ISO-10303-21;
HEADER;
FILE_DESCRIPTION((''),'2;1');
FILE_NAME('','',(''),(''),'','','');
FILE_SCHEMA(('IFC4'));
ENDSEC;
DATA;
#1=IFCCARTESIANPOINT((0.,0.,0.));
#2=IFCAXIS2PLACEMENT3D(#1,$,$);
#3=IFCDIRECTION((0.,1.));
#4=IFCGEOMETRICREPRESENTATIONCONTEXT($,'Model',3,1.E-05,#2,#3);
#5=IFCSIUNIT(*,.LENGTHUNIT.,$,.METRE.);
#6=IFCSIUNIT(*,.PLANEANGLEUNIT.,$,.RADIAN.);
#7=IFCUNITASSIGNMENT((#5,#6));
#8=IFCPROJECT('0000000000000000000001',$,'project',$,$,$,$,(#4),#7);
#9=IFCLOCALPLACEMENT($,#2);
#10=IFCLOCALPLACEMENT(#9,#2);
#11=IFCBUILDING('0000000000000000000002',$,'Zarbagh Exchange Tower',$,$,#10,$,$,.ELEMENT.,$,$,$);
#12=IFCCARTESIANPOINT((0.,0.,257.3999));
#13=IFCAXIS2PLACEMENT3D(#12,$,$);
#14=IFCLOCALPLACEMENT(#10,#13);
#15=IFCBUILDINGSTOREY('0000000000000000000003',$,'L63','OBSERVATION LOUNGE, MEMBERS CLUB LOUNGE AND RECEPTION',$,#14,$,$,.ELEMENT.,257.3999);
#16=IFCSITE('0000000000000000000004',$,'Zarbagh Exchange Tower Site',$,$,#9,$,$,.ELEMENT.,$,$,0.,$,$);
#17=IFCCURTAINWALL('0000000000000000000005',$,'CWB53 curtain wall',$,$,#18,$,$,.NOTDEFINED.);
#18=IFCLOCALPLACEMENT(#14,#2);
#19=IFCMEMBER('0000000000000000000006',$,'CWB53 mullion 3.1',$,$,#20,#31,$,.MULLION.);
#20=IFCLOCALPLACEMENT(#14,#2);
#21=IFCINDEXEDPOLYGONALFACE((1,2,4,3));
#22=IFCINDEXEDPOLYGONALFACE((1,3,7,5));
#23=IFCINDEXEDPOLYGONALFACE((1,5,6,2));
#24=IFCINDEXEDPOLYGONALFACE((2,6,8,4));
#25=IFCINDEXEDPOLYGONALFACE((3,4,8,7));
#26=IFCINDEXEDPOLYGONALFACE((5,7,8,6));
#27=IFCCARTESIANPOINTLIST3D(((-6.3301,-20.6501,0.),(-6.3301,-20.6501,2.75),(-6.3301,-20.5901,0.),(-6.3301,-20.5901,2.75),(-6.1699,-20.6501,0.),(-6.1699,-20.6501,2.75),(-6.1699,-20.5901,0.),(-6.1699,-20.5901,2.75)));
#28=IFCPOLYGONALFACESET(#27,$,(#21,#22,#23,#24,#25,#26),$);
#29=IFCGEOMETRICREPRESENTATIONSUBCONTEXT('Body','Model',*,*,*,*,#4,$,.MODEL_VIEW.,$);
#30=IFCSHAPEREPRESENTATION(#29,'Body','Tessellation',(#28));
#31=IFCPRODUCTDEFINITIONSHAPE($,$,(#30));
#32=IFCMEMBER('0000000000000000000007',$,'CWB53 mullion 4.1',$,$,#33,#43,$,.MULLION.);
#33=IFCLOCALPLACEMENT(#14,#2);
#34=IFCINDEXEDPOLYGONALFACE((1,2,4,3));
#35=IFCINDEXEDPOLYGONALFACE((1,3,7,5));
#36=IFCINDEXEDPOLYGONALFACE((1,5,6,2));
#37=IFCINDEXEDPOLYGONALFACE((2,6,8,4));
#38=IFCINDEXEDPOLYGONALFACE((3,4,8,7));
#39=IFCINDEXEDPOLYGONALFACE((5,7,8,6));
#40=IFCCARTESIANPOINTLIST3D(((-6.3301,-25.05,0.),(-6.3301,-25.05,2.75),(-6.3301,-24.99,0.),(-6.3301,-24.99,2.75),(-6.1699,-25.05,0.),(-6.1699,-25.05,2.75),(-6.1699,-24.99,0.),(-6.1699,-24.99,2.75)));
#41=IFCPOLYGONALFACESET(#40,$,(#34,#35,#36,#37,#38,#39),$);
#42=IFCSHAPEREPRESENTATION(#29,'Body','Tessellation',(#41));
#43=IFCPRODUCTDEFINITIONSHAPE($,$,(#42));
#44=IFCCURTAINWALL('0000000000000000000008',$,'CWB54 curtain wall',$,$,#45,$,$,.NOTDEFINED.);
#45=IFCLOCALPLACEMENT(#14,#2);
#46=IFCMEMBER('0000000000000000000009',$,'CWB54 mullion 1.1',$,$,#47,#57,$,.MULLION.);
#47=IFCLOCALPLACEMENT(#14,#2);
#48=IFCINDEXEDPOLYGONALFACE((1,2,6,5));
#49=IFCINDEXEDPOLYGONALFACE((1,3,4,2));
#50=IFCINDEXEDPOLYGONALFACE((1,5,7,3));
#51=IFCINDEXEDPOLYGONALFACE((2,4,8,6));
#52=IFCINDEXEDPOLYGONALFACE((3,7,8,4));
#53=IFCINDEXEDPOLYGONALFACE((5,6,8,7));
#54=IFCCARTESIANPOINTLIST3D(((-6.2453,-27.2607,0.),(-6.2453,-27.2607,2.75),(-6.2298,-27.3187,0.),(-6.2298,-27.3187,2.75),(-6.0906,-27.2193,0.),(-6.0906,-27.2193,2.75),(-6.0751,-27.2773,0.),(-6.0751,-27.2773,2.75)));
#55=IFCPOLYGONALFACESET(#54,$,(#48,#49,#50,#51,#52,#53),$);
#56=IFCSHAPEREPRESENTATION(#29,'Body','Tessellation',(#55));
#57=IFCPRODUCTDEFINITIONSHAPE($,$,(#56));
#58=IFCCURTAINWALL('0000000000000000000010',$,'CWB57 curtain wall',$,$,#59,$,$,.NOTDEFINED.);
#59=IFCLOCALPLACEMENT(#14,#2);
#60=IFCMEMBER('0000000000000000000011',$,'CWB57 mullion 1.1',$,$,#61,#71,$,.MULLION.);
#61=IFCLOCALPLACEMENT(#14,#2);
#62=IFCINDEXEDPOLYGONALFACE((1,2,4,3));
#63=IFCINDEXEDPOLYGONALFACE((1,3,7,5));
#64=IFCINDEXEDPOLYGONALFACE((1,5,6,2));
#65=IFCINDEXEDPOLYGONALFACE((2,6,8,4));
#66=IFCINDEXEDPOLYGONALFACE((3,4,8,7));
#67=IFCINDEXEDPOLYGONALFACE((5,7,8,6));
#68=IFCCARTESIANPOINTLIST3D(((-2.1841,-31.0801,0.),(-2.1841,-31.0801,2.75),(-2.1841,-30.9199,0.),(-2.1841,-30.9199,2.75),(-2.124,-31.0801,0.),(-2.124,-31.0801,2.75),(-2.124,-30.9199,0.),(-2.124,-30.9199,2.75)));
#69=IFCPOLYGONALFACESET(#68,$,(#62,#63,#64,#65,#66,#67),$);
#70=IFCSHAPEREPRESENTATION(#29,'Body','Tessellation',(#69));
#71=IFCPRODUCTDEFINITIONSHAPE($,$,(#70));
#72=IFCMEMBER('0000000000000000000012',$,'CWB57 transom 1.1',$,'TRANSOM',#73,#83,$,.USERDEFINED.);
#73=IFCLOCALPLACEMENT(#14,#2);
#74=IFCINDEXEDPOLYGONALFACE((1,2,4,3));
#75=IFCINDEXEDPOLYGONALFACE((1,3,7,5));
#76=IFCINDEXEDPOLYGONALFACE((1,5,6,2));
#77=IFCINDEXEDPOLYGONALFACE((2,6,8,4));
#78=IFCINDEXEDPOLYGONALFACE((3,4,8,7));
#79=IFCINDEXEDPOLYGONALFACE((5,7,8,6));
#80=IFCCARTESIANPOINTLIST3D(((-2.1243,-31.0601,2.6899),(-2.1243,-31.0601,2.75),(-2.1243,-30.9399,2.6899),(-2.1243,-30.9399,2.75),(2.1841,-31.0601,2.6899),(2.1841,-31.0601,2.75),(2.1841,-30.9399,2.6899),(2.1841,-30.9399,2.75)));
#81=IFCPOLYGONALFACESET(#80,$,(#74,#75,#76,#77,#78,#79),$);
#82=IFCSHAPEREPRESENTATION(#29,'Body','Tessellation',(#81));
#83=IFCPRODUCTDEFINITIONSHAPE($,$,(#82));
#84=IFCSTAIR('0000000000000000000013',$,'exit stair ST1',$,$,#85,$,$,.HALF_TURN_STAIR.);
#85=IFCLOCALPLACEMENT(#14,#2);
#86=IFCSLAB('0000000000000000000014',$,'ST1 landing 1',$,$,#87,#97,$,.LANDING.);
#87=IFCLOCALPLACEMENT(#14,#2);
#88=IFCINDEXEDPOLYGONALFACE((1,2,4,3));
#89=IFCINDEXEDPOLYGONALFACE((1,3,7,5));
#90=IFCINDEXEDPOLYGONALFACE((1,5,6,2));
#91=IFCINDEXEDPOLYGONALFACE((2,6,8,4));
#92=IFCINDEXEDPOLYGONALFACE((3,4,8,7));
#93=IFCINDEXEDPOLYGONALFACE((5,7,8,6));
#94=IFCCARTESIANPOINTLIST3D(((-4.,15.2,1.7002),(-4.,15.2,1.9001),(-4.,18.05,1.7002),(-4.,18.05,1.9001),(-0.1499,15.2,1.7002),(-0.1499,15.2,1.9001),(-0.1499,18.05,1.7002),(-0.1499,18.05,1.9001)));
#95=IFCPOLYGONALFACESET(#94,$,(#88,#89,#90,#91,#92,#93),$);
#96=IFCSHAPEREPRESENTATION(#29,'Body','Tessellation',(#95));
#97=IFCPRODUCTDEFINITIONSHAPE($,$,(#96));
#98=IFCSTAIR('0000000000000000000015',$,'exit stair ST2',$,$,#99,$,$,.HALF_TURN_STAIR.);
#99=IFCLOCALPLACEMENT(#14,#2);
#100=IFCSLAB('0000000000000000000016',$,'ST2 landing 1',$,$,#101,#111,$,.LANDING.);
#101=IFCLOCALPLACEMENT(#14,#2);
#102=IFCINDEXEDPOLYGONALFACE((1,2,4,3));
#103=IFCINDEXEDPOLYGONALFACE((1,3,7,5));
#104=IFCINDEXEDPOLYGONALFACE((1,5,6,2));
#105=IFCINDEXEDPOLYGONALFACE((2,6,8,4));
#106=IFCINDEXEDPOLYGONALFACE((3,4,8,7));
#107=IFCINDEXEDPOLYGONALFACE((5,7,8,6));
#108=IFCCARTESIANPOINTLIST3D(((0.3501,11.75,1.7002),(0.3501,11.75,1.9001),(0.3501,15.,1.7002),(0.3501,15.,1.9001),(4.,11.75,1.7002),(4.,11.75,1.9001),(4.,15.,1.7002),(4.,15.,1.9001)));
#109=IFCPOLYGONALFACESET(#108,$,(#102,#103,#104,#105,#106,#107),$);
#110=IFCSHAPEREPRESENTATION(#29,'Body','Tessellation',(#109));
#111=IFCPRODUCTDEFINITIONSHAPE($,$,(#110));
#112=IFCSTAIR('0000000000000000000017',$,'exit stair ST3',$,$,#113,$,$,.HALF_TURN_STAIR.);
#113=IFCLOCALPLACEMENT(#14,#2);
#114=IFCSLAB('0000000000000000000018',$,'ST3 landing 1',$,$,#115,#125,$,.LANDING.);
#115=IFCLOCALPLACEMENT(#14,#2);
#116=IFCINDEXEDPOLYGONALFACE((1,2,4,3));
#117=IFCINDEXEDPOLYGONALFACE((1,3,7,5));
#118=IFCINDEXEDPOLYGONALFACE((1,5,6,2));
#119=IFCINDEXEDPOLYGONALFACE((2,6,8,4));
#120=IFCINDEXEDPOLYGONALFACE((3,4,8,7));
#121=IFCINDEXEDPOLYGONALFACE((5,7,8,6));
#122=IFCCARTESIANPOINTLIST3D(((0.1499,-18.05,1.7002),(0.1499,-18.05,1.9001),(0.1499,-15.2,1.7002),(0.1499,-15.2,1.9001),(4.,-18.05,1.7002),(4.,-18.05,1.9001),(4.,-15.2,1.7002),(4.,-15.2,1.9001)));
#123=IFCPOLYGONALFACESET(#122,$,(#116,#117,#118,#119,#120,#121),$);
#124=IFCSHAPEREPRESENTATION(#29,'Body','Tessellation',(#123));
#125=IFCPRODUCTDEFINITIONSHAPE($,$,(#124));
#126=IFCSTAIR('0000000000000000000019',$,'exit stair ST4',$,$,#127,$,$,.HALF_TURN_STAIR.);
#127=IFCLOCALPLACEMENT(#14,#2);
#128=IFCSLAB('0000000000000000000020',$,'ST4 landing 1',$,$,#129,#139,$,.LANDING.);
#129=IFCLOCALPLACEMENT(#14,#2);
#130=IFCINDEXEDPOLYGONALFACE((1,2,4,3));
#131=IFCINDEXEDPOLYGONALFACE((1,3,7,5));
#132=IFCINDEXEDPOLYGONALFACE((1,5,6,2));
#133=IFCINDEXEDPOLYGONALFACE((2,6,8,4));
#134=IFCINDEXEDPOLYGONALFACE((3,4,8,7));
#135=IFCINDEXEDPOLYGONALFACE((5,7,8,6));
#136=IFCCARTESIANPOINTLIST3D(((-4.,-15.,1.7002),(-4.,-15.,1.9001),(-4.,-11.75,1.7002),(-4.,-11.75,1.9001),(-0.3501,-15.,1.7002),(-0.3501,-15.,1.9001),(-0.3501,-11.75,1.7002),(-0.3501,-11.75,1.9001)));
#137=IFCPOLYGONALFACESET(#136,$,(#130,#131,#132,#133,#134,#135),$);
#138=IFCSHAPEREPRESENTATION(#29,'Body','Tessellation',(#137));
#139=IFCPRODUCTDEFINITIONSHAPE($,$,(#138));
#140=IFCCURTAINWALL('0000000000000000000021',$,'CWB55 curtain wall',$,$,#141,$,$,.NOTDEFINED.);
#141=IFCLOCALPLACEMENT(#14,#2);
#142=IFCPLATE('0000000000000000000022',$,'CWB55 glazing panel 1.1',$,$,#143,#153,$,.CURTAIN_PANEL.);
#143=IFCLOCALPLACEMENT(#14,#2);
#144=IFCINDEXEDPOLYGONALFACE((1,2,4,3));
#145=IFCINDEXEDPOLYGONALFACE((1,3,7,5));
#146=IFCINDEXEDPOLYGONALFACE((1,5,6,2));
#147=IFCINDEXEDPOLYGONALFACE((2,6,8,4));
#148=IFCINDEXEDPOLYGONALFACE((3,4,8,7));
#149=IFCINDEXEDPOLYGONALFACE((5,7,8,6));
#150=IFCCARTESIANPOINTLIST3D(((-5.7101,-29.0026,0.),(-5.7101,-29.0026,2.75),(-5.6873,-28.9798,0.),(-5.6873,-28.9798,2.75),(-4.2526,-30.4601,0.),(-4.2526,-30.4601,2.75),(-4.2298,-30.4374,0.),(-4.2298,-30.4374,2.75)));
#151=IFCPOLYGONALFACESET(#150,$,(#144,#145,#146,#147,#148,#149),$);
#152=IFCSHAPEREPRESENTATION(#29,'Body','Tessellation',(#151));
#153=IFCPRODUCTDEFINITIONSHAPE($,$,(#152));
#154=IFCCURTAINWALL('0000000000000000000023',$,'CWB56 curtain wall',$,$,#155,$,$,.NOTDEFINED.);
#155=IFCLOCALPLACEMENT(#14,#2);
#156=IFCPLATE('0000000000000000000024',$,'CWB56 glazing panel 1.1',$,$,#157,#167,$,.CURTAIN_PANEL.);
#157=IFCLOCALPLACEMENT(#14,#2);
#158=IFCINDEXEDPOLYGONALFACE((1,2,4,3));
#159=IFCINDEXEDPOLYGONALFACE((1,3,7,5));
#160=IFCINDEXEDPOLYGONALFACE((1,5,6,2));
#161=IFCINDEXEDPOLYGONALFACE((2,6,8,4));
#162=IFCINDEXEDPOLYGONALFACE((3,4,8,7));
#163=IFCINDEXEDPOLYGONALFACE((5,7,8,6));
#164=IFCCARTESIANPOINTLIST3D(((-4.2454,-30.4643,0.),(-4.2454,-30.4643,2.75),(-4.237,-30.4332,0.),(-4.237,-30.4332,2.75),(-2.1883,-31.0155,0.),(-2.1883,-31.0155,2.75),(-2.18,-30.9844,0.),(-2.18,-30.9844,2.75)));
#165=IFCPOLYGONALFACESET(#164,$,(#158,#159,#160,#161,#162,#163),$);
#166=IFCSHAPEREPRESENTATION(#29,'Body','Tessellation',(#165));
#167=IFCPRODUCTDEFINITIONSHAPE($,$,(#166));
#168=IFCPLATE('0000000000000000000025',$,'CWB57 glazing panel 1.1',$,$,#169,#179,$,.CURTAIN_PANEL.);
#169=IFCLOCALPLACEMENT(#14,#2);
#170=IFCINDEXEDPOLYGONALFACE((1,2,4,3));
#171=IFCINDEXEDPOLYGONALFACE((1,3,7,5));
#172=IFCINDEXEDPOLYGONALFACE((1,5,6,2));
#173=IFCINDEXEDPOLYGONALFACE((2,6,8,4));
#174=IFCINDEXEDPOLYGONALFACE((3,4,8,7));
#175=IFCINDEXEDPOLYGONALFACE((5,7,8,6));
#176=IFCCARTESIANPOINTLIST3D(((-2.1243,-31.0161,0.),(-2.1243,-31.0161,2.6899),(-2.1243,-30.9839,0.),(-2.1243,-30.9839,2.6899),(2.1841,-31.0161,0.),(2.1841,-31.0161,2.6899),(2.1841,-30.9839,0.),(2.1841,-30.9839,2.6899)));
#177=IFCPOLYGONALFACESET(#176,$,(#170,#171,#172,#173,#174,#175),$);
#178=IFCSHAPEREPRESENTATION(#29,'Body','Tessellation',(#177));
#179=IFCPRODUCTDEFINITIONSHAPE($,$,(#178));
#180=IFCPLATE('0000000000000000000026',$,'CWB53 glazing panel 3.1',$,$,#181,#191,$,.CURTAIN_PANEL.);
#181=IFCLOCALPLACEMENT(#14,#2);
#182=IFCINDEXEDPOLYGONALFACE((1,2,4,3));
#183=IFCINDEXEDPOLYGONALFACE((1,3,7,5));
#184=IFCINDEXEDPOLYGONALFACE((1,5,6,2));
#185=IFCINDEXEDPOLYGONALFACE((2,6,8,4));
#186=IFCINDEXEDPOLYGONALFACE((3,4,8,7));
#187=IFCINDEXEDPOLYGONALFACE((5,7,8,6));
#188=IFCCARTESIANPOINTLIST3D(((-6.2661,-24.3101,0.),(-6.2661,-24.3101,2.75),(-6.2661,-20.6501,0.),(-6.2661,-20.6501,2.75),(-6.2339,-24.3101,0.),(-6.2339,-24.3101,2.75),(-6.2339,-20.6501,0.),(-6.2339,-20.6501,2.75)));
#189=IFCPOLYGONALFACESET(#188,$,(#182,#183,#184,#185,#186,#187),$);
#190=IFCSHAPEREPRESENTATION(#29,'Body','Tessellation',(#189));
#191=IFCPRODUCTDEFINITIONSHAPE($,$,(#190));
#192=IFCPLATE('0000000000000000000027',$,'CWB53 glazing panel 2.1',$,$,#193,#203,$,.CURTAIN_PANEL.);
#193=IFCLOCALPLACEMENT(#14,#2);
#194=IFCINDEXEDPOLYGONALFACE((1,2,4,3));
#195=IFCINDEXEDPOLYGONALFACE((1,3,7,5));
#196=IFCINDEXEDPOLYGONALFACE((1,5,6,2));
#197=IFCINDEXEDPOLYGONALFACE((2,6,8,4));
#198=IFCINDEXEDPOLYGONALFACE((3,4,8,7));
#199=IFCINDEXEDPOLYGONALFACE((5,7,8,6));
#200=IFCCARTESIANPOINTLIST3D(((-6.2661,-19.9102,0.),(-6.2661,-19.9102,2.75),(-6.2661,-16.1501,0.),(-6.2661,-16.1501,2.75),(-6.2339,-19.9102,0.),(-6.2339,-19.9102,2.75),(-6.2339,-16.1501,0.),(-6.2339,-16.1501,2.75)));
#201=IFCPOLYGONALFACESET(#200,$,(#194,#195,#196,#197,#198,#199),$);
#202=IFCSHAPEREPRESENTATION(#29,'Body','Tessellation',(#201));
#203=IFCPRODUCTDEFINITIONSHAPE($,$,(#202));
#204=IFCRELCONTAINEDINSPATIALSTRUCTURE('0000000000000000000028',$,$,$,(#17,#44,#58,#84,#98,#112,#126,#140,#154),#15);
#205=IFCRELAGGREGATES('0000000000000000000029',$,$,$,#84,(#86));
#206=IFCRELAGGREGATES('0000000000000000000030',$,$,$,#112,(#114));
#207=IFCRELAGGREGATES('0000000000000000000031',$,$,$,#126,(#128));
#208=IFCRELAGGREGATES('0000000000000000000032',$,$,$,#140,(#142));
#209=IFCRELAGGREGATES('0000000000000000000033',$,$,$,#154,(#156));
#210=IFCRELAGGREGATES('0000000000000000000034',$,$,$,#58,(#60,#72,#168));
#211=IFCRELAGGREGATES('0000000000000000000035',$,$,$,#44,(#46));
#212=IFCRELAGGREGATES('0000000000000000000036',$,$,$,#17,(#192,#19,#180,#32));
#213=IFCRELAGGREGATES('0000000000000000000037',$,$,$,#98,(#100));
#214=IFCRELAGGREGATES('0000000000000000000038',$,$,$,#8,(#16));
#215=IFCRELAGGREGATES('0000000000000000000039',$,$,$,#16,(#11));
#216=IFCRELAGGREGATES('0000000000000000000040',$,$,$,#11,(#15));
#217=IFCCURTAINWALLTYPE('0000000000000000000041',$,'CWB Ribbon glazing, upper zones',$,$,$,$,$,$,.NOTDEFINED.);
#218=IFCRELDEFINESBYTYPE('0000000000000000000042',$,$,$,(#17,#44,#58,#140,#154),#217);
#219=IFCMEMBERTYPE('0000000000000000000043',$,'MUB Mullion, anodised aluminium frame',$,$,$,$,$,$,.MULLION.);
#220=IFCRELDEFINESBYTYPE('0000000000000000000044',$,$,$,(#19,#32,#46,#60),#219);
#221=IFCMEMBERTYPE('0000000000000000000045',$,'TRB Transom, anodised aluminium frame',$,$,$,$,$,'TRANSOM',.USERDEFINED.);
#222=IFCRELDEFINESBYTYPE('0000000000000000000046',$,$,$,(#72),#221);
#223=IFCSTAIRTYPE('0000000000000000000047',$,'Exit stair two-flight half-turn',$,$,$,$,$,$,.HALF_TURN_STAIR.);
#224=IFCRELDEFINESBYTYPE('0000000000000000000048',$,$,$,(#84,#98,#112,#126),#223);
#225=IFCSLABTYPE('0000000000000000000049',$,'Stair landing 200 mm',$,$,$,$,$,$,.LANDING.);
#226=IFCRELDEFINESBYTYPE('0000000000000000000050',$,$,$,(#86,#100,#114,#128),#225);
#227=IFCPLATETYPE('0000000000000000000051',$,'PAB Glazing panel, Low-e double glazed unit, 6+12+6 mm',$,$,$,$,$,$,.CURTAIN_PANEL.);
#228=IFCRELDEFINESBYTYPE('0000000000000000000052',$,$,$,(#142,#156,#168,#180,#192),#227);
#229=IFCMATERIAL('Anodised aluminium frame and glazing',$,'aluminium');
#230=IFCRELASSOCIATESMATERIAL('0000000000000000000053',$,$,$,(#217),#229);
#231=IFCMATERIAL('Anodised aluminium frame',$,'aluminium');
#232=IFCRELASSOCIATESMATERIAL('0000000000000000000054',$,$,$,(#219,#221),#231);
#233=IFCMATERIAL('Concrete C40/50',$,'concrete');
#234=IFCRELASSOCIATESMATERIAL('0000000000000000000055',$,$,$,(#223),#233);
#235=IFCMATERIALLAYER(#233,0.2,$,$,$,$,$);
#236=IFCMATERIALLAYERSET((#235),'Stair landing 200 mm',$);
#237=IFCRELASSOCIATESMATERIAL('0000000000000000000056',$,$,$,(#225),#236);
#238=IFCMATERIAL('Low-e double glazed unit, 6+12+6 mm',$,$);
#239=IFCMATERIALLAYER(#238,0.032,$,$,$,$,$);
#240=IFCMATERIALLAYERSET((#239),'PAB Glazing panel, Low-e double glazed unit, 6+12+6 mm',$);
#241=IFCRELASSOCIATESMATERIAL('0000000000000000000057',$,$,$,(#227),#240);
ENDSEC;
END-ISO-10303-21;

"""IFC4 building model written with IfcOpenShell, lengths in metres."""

from ifc_helpers import new_model, si_unit, direction, frame, origin, place, context, subcontext, project, spatial, polyline, outline, extrude, source, transform, mapped, material, layer, layer_set, type_object, element, aggregate, save


model = new_model("IFC4")

# Units and contexts
model_context = context("Model", 3, precision=1e-05, world=origin(), true_north=direction((0.0, 1.0)))
body_context = subcontext(model_context, "Body", "Model", "MODEL_VIEW")
ifc_project = project(units=[si_unit("LENGTHUNIT", "METRE"), si_unit("PLANEANGLEUNIT", "RADIAN")], contexts=[model_context])

# Site, building, storey
site_placement = place(None, origin())
site = spatial("IfcSite", under=ifc_project, at=site_placement, Name="Zarbagh Exchange Tower Site", CompositionType="ELEMENT", RefElevation=0.0)
building_placement = place(site_placement, origin())
building = spatial("IfcBuilding", under=site, at=building_placement, Name="Zarbagh Exchange Tower", CompositionType="ELEMENT")
storey_placement = place(building_placement, frame((0.0, 0.0, 257.3999)))
storey = spatial("IfcBuildingStorey", under=building, at=storey_placement, Name="L63", Description="OBSERVATION LOUNGE, MEMBERS CLUB LOUNGE AND RECEPTION", CompositionType="ELEMENT", Elevation=257.3999)

# Curtain wall, members
ifc_material_1 = material(Name="Anodised aluminium frame and glazing", Category="aluminium")
curtain_wall_type = type_object("IfcCurtainWallType", Name="CWB Ribbon glazing, upper zones", PredefinedType="NOTDEFINED", material=ifc_material_1)
curtain_wall_1_placement = place(storey_placement, origin())
curtain_wall_1 = element("IfcCurtainWall", 1, at=curtain_wall_1_placement, inside=storey, type_object=curtain_wall_type, Name="CWB53 curtain wall", PredefinedType="NOTDEFINED")
ifc_material_2 = material(Name="Anodised aluminium frame", Category="aluminium")
member_type_1 = type_object("IfcMemberType", Name="MUB Mullion, anodised aluminium frame", PredefinedType="MULLION", material=ifc_material_2)
shared_shape_1 = source(origin(), body_context, "Body", "SweptSolid", [
    extrude(outline(polyline([(0.0, -0.0801), (0.0601, -0.0801), (0.0601, 0.0801), (0.0, 0.0801), (0.0, -0.0801)])), origin(), (0.0, 0.0, 1.0), 2.75),
])
placement = place(storey_placement, origin())
member_1 = element("IfcMember", 2, at=placement, type_object=member_type_1, Name="CWB53 mullion 3.1", PredefinedType="MULLION", context=body_context, shape_type="MappedRepresentation", body=[
    mapped(shared_shape_1, transform((-6.25, -20.5901, 0.0), x_axis=(0.0, -1.0, 0.0), y_axis=(1.0, 0.0, 0.0), z_axis=(0.0, 0.0, 1.0))),
])
member_2 = element("IfcMember", 3, at=placement, type_object=member_type_1, Name="CWB53 mullion 4.1", PredefinedType="MULLION", context=body_context, shape_type="MappedRepresentation", body=[
    mapped(shared_shape_1, transform((-6.25, -24.99, 0.0), x_axis=(0.0, -1.0, 0.0), y_axis=(1.0, 0.0, 0.0), z_axis=(0.0, 0.0, 1.0))),
])

# Curtain wall, member
curtain_wall_2_placement = place(storey_placement, origin())
curtain_wall_2 = element("IfcCurtainWall", 4, at=curtain_wall_2_placement, inside=storey, type_object=curtain_wall_type, Name="CWB54 curtain wall", PredefinedType="NOTDEFINED")
member_3 = element("IfcMember", 5, at=placement, type_object=member_type_1, Name="CWB54 mullion 1.1", PredefinedType="MULLION", context=body_context, shape_type="MappedRepresentation", body=[
    mapped(shared_shape_1, transform((-6.168, -27.24, 0.0), x_axis=(0.258825, -0.965924, 0.0), y_axis=(0.965924, 0.258825, 0.0), z_axis=(0.0, 0.0, 1.0))),
])

# Curtain wall, members
curtain_wall_3_placement = place(storey_placement, origin())
curtain_wall_3 = element("IfcCurtainWall", 6, at=curtain_wall_3_placement, inside=storey, type_object=curtain_wall_type, Name="CWB57 curtain wall", PredefinedType="NOTDEFINED")
member_4 = element("IfcMember", 7, at=placement, type_object=member_type_1, Name="CWB57 mullion 1.1", PredefinedType="MULLION", context=body_context, shape_type="MappedRepresentation", body=[
    mapped(shared_shape_1, transform((-2.1841, -31.0, 0.0), x_axis=(1.0, 0.0, 0.0), y_axis=(0.0, 1.0, 0.0), z_axis=(0.0, 0.0, 1.0))),
])
member_type_2 = type_object("IfcMemberType", Name="TRB Transom, anodised aluminium frame", ElementType="TRANSOM", PredefinedType="USERDEFINED", material=ifc_material_2)
shared_shape_2 = source(origin(), body_context, "Body", "SweptSolid", [
    extrude(outline(polyline([(-0.0601, -0.0601), (0.0, -0.0601), (0.0, 0.0601), (-0.0601, 0.0601), (-0.0601, -0.0601)])), origin(), (0.0, 0.0, 1.0), 4.3083),
])
member_5 = element("IfcMember", 8, at=placement, type_object=member_type_2, Name="CWB57 transom 1.1", ObjectType="TRANSOM", PredefinedType="USERDEFINED", context=body_context, shape_type="MappedRepresentation", body=[
    mapped(shared_shape_2, transform((-2.1243, -31.0, 2.75), x_axis=(0.0, 0.0, 1.0), y_axis=(0.0, -1.0, 0.0), z_axis=(1.0, 0.0, 0.0))),
])

# Stairs, slabs
ifc_material_3 = material(Name="Concrete C40/50", Category="concrete")
stair_type = type_object("IfcStairType", Name="Exit stair two-flight half-turn", PredefinedType="HALF_TURN_STAIR", material=ifc_material_3)
stair_1_placement = place(storey_placement, origin())
stair_1 = element("IfcStair", 9, at=stair_1_placement, inside=storey, type_object=stair_type, Name="exit stair ST1", PredefinedType="HALF_TURN_STAIR")
ifc_layer_1 = layer(ifc_material_3, 0.2)
ifc_layer_set_1 = layer_set([ifc_layer_1], Name="Stair landing 200 mm")
slab_type = type_object("IfcSlabType", Name="Stair landing 200 mm", PredefinedType="LANDING", material=ifc_layer_set_1)
slab_1_placement = place(storey_placement, frame((0.0, 0.0, 1.7002)))
slab_1 = element("IfcSlab", 10, at=slab_1_placement, type_object=slab_type, Name="ST1 landing 1", PredefinedType="LANDING", context=body_context, shape_type="SweptSolid", body=[
    extrude(outline(polyline([(-0.1499, 18.05), (-4.0, 18.05), (-4.0, 15.2), (-0.1499, 15.2), (-0.1499, 18.05)])), origin(), (0.0, 0.0, 1.0), 0.2),
])
aggregate(stair_1, [slab_1])
stair_2_placement = place(storey_placement, origin())
stair_2 = element("IfcStair", 11, at=stair_2_placement, inside=storey, type_object=stair_type, Name="exit stair ST2", PredefinedType="HALF_TURN_STAIR")
slab_2_placement = place(storey_placement, frame((0.0, 0.0, 1.7002)))
slab_2 = element("IfcSlab", 12, at=slab_2_placement, type_object=slab_type, Name="ST2 landing 1", PredefinedType="LANDING", context=body_context, shape_type="SweptSolid", body=[
    extrude(outline(polyline([(0.3501, 11.75), (4.0, 11.75), (4.0, 15.0), (0.3501, 15.0), (0.3501, 11.75)])), origin(), (0.0, 0.0, 1.0), 0.2),
])
stair_3_placement = place(storey_placement, origin())
stair_3 = element("IfcStair", 13, at=stair_3_placement, inside=storey, type_object=stair_type, Name="exit stair ST3", PredefinedType="HALF_TURN_STAIR")
slab_3_placement = place(storey_placement, frame((0.0, 0.0, 1.7002)))
slab_3 = element("IfcSlab", 14, at=slab_3_placement, type_object=slab_type, Name="ST3 landing 1", PredefinedType="LANDING", context=body_context, shape_type="SweptSolid", body=[
    extrude(outline(polyline([(0.1499, -18.05), (4.0, -18.05), (4.0, -15.2), (0.1499, -15.2), (0.1499, -18.05)])), origin(), (0.0, 0.0, 1.0), 0.2),
])
aggregate(stair_3, [slab_3])
stair_4_placement = place(storey_placement, origin())
stair_4 = element("IfcStair", 15, at=stair_4_placement, inside=storey, type_object=stair_type, Name="exit stair ST4", PredefinedType="HALF_TURN_STAIR")
slab_4_placement = place(storey_placement, frame((0.0, 0.0, 1.7002)))
slab_4 = element("IfcSlab", 16, at=slab_4_placement, type_object=slab_type, Name="ST4 landing 1", PredefinedType="LANDING", context=body_context, shape_type="SweptSolid", body=[
    extrude(outline(polyline([(-0.3501, -11.75), (-4.0, -11.75), (-4.0, -15.0), (-0.3501, -15.0), (-0.3501, -11.75)])), origin(), (0.0, 0.0, 1.0), 0.2),
])
aggregate(stair_4, [slab_4])

# Curtain walls, plates
curtain_wall_4_placement = place(storey_placement, origin())
curtain_wall_4 = element("IfcCurtainWall", 17, at=curtain_wall_4_placement, inside=storey, type_object=curtain_wall_type, Name="CWB55 curtain wall", PredefinedType="NOTDEFINED")
ifc_material_4 = material(Name="Low-e double glazed unit, 6+12+6 mm")
ifc_layer_2 = layer(ifc_material_4, 0.032)
ifc_layer_set_2 = layer_set([ifc_layer_2], Name="PAB Glazing panel, Low-e double glazed unit, 6+12+6 mm")
plate_type = type_object("IfcPlateType", Name="PAB Glazing panel, Low-e double glazed unit, 6+12+6 mm", PredefinedType="CURTAIN_PANEL", material=ifc_layer_set_2)
shared_shape_3 = source(origin(), body_context, "Body", "SweptSolid", [
    extrude(outline(polyline([(0.0, -0.0161), (2.0613, -0.0161), (2.0613, 0.0161), (0.0, 0.0161), (0.0, -0.0161)])), origin(), (0.0, 0.0, 1.0), 2.75),
])
plate_1 = element("IfcPlate", 18, at=placement, type_object=plate_type, Name="CWB55 glazing panel 1.1", PredefinedType="CURTAIN_PANEL", context=body_context, shape_type="MappedRepresentation", body=[
    mapped(shared_shape_3, transform((-5.6987, -28.9912, 0.0), x_axis=(0.707107, -0.707107, 0.0), y_axis=(0.707107, 0.707107, 0.0), z_axis=(0.0, 0.0, 1.0))),
])
aggregate(curtain_wall_4, [plate_1])
curtain_wall_5_placement = place(storey_placement, origin())
curtain_wall_5 = element("IfcCurtainWall", 19, at=curtain_wall_5_placement, inside=storey, type_object=curtain_wall_type, Name="CWB56 curtain wall", PredefinedType="NOTDEFINED")
shared_shape_4 = source(origin(), body_context, "Body", "SweptSolid", [
    extrude(outline(polyline([(0.0, -0.0161), (2.1296, -0.0161), (2.1296, 0.0161), (0.0, 0.0161), (0.0, -0.0161)])), origin(), (0.0, 0.0, 1.0), 2.75),
])
plate_2 = element("IfcPlate", 20, at=placement, type_object=plate_type, Name="CWB56 glazing panel 1.1", PredefinedType="CURTAIN_PANEL", context=body_context, shape_type="MappedRepresentation", body=[
    mapped(shared_shape_4, transform((-4.2412, -30.4487, 0.0), x_axis=(0.965924, -0.258825, 0.0), y_axis=(0.258825, 0.965924, 0.0), z_axis=(0.0, 0.0, 1.0))),
])
aggregate(curtain_wall_5, [plate_2])

# Plates
shared_shape_5 = source(origin(), body_context, "Body", "SweptSolid", [
    extrude(outline(polyline([(0.0, -0.0161), (4.3083, -0.0161), (4.3083, 0.0161), (0.0, 0.0161), (0.0, -0.0161)])), origin(), (0.0, 0.0, 1.0), 2.6899),
])
plate_3 = element("IfcPlate", 21, at=placement, type_object=plate_type, Name="CWB57 glazing panel 1.1", PredefinedType="CURTAIN_PANEL", context=body_context, shape_type="MappedRepresentation", body=[
    mapped(shared_shape_5, transform((-2.1243, -31.0, 0.0), x_axis=(1.0, 0.0, 0.0), y_axis=(0.0, 1.0, 0.0), z_axis=(0.0, 0.0, 1.0))),
])
aggregate(curtain_wall_3, [member_4, member_5, plate_3])
shared_shape_6 = source(origin(), body_context, "Body", "SweptSolid", [
    extrude(outline(polyline([(0.0, -0.0161), (3.6599, -0.0161), (3.6599, 0.0161), (0.0, 0.0161), (0.0, -0.0161)])), origin(), (0.0, 0.0, 1.0), 2.75),
])
plate_4 = element("IfcPlate", 22, at=placement, type_object=plate_type, Name="CWB53 glazing panel 3.1", PredefinedType="CURTAIN_PANEL", context=body_context, shape_type="MappedRepresentation", body=[
    mapped(shared_shape_6, transform((-6.25, -20.6501, 0.0), x_axis=(0.0, -1.0, 0.0), y_axis=(1.0, 0.0, 0.0), z_axis=(0.0, 0.0, 1.0))),
])
shared_shape_7 = source(origin(), body_context, "Body", "SweptSolid", [
    extrude(outline(polyline([(0.0, -0.0161), (3.76, -0.0161), (3.76, 0.0161), (0.0, 0.0161), (0.0, -0.0161)])), origin(), (0.0, 0.0, 1.0), 2.75),
])
plate_5 = element("IfcPlate", 23, at=placement, type_object=plate_type, Name="CWB53 glazing panel 2.1", PredefinedType="CURTAIN_PANEL", context=body_context, shape_type="MappedRepresentation", body=[
    mapped(shared_shape_7, transform((-6.25, -16.1501, 0.0), x_axis=(0.0, -1.0, 0.0), y_axis=(1.0, 0.0, 0.0), z_axis=(0.0, 0.0, 1.0))),
])
aggregate(curtain_wall_2, [member_3])
aggregate(curtain_wall_1, [plate_5, member_1, plate_4, member_2])

aggregate(stair_2, [slab_2])

save(model, "model.ifc")
